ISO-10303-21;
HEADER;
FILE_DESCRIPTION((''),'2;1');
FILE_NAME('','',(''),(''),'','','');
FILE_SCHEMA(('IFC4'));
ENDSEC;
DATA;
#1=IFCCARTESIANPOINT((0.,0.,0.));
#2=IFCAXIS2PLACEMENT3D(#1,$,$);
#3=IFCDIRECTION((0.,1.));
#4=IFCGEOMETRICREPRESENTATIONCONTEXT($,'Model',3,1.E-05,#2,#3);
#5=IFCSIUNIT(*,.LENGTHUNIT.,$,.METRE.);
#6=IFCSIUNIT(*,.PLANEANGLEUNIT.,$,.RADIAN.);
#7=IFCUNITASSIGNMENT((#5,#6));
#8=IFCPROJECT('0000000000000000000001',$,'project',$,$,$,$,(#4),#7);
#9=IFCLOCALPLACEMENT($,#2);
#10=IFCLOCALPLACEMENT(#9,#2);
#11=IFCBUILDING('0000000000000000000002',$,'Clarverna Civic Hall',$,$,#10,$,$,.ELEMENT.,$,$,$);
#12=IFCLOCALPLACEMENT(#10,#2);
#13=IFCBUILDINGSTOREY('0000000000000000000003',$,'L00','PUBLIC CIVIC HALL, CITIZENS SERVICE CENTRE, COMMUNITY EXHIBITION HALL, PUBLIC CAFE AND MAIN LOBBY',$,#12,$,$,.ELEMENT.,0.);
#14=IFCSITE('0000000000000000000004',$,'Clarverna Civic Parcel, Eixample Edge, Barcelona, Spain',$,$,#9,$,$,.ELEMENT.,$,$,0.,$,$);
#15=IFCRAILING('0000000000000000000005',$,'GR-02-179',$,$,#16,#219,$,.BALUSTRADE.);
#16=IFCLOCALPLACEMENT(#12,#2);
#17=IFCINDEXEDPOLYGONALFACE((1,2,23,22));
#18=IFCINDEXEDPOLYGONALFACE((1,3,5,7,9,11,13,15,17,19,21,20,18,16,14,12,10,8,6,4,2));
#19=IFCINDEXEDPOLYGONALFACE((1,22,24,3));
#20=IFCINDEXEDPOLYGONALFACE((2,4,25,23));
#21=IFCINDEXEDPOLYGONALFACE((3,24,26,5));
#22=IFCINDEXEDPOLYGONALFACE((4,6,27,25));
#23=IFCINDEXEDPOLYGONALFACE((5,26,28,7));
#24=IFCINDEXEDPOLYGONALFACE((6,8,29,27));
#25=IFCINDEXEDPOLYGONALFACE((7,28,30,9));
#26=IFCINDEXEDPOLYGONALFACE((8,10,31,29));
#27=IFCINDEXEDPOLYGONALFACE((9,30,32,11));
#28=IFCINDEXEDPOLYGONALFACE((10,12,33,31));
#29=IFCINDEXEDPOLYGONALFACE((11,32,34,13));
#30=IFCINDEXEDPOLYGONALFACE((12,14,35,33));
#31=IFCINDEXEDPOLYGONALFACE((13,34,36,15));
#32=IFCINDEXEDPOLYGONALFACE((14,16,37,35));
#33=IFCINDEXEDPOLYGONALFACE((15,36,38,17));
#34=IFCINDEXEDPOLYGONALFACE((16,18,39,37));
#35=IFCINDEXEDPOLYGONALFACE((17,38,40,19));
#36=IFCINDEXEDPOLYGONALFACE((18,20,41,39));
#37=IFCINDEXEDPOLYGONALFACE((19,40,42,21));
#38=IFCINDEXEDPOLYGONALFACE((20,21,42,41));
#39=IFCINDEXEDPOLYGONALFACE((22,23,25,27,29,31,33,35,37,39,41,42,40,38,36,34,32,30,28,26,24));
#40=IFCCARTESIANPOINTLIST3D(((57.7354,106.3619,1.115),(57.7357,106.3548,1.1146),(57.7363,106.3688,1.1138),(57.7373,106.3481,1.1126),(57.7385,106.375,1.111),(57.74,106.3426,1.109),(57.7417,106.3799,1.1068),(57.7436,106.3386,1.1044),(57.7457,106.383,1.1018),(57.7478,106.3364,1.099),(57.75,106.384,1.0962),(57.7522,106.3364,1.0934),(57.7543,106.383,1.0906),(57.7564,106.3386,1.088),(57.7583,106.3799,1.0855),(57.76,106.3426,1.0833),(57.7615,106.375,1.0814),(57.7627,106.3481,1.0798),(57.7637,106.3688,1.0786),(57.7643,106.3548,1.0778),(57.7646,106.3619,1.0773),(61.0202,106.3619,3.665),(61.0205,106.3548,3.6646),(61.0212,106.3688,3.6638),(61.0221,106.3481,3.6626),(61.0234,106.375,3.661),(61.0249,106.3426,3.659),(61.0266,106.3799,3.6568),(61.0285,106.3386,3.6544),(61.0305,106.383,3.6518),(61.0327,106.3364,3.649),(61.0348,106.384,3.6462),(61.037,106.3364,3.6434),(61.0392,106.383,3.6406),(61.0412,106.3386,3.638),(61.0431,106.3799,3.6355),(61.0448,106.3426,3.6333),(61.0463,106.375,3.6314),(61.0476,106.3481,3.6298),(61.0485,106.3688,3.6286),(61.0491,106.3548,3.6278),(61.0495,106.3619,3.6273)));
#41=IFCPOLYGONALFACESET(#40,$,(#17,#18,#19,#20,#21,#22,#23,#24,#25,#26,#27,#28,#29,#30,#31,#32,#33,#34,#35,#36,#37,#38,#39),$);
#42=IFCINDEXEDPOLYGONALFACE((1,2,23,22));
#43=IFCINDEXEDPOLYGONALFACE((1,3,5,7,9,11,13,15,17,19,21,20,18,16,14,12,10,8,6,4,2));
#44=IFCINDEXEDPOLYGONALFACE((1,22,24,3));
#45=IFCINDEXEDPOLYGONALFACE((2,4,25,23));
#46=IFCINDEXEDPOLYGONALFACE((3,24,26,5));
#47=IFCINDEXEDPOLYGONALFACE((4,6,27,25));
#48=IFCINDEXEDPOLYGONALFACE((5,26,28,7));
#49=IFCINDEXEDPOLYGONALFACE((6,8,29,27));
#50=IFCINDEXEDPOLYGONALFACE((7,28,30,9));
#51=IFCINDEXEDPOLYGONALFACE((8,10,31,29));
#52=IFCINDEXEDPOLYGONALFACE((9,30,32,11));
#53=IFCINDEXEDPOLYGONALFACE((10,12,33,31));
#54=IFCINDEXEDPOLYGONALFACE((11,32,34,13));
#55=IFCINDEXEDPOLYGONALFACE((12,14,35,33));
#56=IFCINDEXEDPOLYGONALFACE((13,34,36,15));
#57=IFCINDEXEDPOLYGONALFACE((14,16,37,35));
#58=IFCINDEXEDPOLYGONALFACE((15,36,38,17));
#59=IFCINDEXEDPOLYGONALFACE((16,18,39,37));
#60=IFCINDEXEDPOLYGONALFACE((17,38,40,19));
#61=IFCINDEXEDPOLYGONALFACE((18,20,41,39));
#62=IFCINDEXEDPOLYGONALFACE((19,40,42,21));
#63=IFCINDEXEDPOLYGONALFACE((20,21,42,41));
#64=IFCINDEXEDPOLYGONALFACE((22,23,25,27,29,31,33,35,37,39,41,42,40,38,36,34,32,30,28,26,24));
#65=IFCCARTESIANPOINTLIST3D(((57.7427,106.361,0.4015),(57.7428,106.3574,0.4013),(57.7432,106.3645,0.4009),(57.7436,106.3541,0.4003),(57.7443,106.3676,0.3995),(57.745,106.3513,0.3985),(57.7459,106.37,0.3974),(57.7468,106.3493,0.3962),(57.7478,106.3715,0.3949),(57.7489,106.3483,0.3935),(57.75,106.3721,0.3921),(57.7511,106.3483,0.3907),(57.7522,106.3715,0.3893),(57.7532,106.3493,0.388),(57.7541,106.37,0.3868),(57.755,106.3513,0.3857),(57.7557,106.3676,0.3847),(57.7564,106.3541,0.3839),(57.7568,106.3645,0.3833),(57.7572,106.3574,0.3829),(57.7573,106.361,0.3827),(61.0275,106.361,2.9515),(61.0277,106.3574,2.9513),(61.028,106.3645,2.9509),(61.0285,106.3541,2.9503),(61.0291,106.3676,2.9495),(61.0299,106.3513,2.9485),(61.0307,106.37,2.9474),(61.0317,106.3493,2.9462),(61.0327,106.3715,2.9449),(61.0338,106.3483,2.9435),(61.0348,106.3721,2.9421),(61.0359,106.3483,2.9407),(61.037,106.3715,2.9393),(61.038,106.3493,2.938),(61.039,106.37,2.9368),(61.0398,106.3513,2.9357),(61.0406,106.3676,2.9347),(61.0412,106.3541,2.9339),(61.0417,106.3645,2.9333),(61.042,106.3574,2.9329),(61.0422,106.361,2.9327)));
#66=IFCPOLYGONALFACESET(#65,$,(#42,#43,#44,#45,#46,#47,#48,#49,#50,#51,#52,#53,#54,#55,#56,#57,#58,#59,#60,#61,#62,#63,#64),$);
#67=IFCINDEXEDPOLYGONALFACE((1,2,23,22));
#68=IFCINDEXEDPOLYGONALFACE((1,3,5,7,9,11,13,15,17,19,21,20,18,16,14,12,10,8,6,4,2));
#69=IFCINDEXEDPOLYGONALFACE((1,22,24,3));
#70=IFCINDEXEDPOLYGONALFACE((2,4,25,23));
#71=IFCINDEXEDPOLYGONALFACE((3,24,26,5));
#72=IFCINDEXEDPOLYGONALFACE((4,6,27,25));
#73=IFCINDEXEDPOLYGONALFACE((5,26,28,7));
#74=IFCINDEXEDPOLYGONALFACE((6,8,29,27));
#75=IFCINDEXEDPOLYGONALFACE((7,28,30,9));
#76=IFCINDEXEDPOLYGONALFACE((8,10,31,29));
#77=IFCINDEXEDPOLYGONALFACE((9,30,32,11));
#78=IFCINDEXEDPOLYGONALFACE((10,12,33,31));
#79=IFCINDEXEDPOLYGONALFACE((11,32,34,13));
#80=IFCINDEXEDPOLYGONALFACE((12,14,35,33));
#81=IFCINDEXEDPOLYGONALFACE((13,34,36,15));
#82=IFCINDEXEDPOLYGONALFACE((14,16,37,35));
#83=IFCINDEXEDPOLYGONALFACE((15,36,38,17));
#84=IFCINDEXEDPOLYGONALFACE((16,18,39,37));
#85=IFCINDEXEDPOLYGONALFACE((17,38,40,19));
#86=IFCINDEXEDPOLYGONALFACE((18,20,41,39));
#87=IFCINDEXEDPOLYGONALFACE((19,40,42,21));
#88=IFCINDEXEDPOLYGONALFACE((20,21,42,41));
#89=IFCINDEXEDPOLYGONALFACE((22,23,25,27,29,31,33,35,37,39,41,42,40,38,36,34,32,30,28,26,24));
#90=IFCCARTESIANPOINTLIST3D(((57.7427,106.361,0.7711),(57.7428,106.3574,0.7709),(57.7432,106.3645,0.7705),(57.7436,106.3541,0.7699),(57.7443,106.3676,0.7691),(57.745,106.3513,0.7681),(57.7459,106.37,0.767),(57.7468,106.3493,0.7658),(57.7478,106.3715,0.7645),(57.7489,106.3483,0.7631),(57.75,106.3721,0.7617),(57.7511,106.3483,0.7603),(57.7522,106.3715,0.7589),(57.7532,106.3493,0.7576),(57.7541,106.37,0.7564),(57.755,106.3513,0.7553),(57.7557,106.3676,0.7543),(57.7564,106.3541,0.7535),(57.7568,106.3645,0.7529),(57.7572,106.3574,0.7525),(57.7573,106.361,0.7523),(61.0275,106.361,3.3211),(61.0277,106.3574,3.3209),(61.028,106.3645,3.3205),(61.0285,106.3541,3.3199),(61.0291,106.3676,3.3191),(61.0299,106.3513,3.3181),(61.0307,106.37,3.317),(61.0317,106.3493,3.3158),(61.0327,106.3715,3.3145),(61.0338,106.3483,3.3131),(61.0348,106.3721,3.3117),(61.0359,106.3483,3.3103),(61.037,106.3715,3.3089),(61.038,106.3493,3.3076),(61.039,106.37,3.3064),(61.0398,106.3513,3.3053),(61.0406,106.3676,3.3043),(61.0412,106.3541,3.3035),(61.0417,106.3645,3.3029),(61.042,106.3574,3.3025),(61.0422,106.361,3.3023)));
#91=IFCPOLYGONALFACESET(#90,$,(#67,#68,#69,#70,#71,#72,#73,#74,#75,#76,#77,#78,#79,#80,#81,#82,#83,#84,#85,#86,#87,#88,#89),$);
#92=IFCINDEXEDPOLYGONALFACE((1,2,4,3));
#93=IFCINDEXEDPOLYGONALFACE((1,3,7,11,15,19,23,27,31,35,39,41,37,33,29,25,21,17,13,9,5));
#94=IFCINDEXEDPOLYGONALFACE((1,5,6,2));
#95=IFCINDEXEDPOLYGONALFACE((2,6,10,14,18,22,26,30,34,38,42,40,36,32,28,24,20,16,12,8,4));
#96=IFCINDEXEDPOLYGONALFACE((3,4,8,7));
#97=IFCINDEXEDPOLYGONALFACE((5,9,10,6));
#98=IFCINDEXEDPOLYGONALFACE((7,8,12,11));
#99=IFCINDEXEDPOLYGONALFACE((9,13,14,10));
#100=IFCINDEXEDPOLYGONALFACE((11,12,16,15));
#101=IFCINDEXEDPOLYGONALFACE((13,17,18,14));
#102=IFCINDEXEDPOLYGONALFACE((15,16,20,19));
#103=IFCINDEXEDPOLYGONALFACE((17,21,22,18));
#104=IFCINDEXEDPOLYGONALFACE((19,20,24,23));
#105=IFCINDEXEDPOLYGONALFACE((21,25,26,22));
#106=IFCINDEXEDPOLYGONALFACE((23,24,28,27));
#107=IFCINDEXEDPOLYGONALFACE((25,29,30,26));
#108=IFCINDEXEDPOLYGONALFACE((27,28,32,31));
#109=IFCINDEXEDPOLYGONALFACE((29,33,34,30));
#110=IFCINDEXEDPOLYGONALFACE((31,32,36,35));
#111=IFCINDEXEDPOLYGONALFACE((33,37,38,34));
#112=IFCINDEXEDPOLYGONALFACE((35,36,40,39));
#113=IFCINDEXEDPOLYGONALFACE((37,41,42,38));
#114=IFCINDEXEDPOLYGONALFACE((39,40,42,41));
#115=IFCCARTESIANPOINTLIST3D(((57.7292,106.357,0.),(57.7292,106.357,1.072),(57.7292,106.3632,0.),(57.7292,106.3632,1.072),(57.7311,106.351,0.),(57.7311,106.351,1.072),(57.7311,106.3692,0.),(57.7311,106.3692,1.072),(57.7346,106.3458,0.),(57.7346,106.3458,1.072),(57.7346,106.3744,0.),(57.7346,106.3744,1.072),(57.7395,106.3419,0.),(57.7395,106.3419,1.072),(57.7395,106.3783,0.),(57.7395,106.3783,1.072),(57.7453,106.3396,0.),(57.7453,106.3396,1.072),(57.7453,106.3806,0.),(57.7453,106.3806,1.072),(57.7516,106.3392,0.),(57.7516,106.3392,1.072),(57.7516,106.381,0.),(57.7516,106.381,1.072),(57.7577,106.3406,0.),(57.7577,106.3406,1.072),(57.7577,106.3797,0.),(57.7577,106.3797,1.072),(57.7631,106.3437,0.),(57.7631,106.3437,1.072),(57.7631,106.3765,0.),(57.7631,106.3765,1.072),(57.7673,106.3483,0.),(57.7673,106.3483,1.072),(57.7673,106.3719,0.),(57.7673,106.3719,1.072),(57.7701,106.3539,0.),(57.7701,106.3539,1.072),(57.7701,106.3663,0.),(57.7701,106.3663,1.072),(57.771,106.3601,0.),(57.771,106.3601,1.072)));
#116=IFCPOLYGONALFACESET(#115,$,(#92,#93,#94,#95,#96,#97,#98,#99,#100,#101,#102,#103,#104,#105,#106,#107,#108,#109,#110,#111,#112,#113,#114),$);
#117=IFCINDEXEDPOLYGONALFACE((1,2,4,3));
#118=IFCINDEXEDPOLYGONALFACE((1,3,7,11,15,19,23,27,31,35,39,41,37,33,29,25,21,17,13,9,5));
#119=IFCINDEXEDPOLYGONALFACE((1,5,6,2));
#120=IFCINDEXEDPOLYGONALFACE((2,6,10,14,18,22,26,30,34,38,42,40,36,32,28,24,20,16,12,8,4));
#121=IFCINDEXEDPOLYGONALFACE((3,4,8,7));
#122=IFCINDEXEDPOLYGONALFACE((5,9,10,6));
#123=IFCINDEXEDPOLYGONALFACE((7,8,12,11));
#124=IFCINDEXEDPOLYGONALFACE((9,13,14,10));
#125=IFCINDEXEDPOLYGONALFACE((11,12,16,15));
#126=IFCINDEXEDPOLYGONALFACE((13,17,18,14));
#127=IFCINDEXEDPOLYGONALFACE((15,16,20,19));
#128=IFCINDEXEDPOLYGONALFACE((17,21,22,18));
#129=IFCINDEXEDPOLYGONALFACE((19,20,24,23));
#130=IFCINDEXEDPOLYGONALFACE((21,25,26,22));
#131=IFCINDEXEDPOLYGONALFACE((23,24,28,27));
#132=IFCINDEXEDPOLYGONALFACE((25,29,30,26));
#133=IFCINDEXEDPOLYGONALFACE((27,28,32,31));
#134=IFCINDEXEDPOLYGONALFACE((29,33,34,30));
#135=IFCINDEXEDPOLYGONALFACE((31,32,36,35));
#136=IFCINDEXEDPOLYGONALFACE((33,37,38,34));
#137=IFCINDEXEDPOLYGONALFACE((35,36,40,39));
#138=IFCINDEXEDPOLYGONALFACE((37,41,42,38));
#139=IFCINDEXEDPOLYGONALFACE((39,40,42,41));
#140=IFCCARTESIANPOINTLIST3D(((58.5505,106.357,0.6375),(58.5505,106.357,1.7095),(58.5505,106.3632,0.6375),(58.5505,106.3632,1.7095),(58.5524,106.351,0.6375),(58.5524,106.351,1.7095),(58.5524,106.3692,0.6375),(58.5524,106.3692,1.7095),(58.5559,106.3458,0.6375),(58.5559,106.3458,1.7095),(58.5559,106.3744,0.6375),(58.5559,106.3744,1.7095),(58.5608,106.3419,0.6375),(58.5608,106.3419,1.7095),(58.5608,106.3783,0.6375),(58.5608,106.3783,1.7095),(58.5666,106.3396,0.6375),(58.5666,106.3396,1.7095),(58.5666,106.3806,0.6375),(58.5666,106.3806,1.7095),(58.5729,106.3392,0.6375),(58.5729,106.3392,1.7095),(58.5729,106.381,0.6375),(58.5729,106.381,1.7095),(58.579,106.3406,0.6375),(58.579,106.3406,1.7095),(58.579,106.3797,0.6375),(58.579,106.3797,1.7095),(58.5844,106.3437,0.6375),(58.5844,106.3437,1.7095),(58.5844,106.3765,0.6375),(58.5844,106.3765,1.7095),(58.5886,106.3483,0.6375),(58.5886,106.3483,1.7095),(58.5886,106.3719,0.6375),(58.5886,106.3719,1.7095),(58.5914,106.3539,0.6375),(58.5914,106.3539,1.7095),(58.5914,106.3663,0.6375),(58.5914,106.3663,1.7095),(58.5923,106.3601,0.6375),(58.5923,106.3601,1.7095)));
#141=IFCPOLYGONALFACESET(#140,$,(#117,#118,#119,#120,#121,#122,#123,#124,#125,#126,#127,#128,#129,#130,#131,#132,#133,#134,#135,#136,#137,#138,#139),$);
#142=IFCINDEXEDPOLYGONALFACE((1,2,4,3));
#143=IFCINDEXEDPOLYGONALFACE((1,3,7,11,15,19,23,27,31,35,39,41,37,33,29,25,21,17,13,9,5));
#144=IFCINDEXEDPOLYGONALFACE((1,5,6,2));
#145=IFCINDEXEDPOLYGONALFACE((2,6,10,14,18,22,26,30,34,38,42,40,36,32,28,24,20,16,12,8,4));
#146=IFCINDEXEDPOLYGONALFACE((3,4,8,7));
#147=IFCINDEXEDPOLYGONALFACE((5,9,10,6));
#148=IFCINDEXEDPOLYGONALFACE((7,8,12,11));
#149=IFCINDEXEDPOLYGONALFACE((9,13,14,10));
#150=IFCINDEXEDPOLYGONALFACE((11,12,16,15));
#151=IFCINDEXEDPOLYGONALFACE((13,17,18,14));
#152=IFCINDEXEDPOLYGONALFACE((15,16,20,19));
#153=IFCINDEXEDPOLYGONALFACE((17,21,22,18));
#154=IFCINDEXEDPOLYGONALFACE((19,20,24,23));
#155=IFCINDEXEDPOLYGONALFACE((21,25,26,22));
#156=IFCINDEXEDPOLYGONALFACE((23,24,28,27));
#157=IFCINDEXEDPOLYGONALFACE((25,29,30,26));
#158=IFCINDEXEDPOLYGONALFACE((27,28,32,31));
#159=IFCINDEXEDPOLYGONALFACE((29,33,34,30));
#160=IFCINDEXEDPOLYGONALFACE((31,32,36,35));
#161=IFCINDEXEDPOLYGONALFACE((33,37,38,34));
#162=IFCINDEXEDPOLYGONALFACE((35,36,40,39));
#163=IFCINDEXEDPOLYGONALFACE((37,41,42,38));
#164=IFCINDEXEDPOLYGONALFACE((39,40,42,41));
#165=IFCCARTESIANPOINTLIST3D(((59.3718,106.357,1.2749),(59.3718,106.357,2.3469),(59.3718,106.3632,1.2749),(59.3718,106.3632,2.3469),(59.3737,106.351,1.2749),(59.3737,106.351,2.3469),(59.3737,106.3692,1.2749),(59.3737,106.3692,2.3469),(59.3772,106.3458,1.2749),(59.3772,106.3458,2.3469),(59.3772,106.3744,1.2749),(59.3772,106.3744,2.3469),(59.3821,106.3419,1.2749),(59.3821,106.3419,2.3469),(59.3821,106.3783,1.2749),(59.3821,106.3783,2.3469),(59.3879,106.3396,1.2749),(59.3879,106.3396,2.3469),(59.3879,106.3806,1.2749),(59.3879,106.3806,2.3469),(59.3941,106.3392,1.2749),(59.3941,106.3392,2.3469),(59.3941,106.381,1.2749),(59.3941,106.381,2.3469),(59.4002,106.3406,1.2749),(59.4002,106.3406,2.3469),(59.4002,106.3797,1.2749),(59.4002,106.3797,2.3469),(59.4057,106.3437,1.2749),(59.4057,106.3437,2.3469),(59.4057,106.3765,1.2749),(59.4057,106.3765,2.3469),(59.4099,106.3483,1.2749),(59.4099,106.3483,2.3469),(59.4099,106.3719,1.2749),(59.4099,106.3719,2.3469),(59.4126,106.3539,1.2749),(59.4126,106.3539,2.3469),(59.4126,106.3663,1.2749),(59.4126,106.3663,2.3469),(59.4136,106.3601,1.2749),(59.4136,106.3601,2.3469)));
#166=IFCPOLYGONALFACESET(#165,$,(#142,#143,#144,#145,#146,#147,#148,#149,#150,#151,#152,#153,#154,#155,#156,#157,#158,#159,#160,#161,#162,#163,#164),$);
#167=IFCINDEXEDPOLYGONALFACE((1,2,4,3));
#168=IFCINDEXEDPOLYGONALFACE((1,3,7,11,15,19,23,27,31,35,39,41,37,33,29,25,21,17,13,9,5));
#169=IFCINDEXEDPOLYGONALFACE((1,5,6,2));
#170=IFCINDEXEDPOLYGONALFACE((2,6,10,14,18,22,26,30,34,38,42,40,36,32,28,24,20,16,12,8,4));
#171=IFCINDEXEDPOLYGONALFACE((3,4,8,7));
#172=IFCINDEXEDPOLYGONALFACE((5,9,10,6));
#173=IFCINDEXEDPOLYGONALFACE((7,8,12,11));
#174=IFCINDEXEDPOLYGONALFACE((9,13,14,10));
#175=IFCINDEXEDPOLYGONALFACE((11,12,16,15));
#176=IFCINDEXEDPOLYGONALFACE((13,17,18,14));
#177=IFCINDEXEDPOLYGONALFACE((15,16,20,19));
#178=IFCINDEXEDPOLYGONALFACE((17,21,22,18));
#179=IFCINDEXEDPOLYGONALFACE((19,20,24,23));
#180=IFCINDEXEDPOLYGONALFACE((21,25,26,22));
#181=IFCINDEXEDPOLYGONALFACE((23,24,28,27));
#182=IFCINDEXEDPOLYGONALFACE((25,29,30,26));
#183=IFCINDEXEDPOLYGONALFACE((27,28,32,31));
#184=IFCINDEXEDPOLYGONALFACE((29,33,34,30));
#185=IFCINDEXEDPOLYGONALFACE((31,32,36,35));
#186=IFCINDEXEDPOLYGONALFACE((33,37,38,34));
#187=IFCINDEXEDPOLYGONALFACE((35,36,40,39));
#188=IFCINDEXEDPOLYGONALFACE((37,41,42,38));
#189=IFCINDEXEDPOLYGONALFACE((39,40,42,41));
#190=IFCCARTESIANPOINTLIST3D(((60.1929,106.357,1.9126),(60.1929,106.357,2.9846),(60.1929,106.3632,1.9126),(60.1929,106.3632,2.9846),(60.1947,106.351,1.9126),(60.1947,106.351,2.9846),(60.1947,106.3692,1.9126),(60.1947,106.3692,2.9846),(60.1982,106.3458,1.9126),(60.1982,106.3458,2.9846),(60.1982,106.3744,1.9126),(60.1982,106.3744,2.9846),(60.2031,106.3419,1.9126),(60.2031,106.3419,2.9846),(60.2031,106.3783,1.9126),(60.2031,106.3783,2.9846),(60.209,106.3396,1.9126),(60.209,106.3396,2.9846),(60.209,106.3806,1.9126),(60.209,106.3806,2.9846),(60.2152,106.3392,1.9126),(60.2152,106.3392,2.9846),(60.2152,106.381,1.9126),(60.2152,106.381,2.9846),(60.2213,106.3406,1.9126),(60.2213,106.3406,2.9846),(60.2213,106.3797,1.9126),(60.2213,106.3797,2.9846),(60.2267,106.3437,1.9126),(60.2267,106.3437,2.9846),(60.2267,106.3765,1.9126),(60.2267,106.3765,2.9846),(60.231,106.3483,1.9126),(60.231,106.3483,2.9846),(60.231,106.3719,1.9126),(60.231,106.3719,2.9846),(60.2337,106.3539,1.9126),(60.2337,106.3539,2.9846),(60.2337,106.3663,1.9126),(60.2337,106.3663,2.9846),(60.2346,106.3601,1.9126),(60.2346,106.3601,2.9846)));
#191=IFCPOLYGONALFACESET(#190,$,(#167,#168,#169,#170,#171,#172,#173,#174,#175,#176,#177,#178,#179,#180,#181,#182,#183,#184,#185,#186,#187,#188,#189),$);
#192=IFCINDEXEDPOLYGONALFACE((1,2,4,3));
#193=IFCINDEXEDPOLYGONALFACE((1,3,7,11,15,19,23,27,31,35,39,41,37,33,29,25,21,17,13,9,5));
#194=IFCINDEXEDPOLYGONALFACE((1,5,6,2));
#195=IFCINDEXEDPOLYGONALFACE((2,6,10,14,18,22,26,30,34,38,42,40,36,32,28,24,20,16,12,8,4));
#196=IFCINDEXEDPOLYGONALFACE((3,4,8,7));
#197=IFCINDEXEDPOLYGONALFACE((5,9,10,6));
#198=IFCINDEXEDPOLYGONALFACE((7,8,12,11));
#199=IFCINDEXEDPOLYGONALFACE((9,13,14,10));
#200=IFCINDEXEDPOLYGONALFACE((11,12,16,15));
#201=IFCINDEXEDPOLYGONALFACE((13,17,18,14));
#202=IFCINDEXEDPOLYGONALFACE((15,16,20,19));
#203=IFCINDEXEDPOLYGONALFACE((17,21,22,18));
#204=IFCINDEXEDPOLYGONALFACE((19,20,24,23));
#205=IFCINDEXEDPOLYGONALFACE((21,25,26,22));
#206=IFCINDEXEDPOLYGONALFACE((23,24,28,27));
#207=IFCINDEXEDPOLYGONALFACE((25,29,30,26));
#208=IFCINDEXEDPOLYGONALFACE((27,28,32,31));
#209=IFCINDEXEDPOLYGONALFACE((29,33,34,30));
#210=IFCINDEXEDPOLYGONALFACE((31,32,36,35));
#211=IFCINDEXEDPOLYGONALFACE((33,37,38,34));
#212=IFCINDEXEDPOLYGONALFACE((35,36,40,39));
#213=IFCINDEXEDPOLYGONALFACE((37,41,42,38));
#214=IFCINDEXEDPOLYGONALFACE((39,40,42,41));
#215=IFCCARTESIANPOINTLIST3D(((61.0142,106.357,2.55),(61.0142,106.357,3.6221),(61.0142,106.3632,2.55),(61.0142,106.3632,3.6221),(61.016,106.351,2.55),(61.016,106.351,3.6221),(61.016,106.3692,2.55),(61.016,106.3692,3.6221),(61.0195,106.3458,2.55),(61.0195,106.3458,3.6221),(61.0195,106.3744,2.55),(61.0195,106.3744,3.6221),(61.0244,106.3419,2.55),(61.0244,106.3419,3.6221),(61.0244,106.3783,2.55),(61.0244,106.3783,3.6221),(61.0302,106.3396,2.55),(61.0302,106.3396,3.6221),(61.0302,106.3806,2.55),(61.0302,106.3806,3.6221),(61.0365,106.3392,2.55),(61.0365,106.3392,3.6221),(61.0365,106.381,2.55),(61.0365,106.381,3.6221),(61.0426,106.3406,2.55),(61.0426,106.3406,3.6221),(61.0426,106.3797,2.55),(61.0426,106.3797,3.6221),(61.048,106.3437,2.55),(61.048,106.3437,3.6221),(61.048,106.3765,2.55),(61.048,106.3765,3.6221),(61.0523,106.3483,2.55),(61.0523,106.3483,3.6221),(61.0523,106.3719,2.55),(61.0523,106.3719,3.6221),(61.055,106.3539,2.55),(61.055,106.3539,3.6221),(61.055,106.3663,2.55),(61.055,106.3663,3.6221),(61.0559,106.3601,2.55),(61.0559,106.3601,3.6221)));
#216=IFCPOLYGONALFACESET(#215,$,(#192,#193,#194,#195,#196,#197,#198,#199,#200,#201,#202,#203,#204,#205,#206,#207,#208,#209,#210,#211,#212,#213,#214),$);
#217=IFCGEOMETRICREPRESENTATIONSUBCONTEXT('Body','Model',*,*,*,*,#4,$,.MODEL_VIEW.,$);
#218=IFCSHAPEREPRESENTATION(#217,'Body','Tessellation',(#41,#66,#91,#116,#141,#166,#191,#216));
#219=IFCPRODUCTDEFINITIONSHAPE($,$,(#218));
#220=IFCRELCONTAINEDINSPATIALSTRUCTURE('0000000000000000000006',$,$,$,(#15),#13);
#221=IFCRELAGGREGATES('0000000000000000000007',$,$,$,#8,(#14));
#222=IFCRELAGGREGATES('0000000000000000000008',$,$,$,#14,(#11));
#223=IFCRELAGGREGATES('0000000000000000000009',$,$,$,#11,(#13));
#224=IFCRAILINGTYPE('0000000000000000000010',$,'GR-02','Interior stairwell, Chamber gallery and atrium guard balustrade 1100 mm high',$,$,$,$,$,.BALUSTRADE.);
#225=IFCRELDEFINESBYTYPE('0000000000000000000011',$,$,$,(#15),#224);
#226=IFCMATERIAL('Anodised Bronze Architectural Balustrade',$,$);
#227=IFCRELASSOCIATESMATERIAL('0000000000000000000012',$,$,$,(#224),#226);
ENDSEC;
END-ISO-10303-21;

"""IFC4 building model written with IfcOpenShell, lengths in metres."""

from ifc_helpers import new_model, si_unit, direction, frame, origin, origin_2d, place, context, subcontext, project, spatial, circle, extrude, material, type_object, element, save


model = new_model("IFC4")

# Units and contexts
model_context = context("Model", 3, precision=1e-05, world=origin(), true_north=direction((0.0, 1.0)))
body_context = subcontext(model_context, "Body", "Model", "MODEL_VIEW")
ifc_project = project(units=[si_unit("LENGTHUNIT", "METRE"), si_unit("PLANEANGLEUNIT", "RADIAN")], contexts=[model_context])

# Site, building, storey
site_placement = place(None, origin())
site = spatial("IfcSite", under=ifc_project, at=site_placement, Name="Clarverna Civic Parcel, Eixample Edge, Barcelona, Spain", CompositionType="ELEMENT", RefElevation=0.0)
building_placement = place(site_placement, origin())
building = spatial("IfcBuilding", under=site, at=building_placement, Name="Clarverna Civic Hall", CompositionType="ELEMENT")
storey_placement = place(building_placement, origin())
storey = spatial("IfcBuildingStorey", under=building, at=storey_placement, Name="L00", Description="PUBLIC CIVIC HALL, CITIZENS SERVICE CENTRE, COMMUNITY EXHIBITION HALL, PUBLIC CAFE AND MAIN LOBBY", CompositionType="ELEMENT", Elevation=0.0)

# Railing
ifc_material_1 = material(Name="Anodised Bronze Architectural Balustrade")
railing_type_1 = type_object("IfcRailingType", Name="GR-02", Description="Interior stairwell, Chamber gallery and atrium guard balustrade 1100 mm high", PredefinedType="BALUSTRADE", material=ifc_material_1)
railing_1_placement = place(storey_placement, frame((57.75, 106.3601, 0.0)))
element("IfcRailing", 1, at=railing_1_placement, inside=storey, type_object=railing_type_1, Name="GR-02-179", PredefinedType="BALUSTRADE", context=body_context, shape_type="SweptSolid", body=[
    extrude(circle(Radius=0.0239, at=origin_2d()), frame((0.0, 0.0, 1.0962), z_axis=(0.789921, 0.0, 0.613209), x_axis=(0.0, 1.0, 0.0)), (0.0, 0.0, 1.0), 4.1584),
    extrude(circle(Radius=0.012, at=origin_2d()), frame((0.0, 0.0, 0.3921), z_axis=(0.789921, 0.0, 0.613209), x_axis=(0.0, 1.0, 0.0)), (0.0, 0.0, 1.0), 4.1584),
    extrude(circle(Radius=0.012, at=origin_2d()), frame((0.0, 0.0, 0.7617), z_axis=(0.789921, 0.0, 0.613209), x_axis=(0.0, 1.0, 0.0)), (0.0, 0.0, 1.0), 4.1584),
    extrude(circle(Radius=0.021, at=origin_2d()), origin(), (0.0, 0.0, 1.0), 1.072),
    extrude(circle(Radius=0.021, at=origin_2d()), frame((0.8213, 0.0, 0.6375)), (0.0, 0.0, 1.0), 1.072),
    extrude(circle(Radius=0.021, at=origin_2d()), frame((1.6426, 0.0, 1.2749)), (0.0, 0.0, 1.0), 1.072),
    extrude(circle(Radius=0.021, at=origin_2d()), frame((2.4636, 0.0, 1.9126)), (0.0, 0.0, 1.0), 1.072),
    extrude(circle(Radius=0.021, at=origin_2d()), frame((3.2849, 0.0, 2.55)), (0.0, 0.0, 1.0), 1.072),
])

save(model, "model.ifc")
